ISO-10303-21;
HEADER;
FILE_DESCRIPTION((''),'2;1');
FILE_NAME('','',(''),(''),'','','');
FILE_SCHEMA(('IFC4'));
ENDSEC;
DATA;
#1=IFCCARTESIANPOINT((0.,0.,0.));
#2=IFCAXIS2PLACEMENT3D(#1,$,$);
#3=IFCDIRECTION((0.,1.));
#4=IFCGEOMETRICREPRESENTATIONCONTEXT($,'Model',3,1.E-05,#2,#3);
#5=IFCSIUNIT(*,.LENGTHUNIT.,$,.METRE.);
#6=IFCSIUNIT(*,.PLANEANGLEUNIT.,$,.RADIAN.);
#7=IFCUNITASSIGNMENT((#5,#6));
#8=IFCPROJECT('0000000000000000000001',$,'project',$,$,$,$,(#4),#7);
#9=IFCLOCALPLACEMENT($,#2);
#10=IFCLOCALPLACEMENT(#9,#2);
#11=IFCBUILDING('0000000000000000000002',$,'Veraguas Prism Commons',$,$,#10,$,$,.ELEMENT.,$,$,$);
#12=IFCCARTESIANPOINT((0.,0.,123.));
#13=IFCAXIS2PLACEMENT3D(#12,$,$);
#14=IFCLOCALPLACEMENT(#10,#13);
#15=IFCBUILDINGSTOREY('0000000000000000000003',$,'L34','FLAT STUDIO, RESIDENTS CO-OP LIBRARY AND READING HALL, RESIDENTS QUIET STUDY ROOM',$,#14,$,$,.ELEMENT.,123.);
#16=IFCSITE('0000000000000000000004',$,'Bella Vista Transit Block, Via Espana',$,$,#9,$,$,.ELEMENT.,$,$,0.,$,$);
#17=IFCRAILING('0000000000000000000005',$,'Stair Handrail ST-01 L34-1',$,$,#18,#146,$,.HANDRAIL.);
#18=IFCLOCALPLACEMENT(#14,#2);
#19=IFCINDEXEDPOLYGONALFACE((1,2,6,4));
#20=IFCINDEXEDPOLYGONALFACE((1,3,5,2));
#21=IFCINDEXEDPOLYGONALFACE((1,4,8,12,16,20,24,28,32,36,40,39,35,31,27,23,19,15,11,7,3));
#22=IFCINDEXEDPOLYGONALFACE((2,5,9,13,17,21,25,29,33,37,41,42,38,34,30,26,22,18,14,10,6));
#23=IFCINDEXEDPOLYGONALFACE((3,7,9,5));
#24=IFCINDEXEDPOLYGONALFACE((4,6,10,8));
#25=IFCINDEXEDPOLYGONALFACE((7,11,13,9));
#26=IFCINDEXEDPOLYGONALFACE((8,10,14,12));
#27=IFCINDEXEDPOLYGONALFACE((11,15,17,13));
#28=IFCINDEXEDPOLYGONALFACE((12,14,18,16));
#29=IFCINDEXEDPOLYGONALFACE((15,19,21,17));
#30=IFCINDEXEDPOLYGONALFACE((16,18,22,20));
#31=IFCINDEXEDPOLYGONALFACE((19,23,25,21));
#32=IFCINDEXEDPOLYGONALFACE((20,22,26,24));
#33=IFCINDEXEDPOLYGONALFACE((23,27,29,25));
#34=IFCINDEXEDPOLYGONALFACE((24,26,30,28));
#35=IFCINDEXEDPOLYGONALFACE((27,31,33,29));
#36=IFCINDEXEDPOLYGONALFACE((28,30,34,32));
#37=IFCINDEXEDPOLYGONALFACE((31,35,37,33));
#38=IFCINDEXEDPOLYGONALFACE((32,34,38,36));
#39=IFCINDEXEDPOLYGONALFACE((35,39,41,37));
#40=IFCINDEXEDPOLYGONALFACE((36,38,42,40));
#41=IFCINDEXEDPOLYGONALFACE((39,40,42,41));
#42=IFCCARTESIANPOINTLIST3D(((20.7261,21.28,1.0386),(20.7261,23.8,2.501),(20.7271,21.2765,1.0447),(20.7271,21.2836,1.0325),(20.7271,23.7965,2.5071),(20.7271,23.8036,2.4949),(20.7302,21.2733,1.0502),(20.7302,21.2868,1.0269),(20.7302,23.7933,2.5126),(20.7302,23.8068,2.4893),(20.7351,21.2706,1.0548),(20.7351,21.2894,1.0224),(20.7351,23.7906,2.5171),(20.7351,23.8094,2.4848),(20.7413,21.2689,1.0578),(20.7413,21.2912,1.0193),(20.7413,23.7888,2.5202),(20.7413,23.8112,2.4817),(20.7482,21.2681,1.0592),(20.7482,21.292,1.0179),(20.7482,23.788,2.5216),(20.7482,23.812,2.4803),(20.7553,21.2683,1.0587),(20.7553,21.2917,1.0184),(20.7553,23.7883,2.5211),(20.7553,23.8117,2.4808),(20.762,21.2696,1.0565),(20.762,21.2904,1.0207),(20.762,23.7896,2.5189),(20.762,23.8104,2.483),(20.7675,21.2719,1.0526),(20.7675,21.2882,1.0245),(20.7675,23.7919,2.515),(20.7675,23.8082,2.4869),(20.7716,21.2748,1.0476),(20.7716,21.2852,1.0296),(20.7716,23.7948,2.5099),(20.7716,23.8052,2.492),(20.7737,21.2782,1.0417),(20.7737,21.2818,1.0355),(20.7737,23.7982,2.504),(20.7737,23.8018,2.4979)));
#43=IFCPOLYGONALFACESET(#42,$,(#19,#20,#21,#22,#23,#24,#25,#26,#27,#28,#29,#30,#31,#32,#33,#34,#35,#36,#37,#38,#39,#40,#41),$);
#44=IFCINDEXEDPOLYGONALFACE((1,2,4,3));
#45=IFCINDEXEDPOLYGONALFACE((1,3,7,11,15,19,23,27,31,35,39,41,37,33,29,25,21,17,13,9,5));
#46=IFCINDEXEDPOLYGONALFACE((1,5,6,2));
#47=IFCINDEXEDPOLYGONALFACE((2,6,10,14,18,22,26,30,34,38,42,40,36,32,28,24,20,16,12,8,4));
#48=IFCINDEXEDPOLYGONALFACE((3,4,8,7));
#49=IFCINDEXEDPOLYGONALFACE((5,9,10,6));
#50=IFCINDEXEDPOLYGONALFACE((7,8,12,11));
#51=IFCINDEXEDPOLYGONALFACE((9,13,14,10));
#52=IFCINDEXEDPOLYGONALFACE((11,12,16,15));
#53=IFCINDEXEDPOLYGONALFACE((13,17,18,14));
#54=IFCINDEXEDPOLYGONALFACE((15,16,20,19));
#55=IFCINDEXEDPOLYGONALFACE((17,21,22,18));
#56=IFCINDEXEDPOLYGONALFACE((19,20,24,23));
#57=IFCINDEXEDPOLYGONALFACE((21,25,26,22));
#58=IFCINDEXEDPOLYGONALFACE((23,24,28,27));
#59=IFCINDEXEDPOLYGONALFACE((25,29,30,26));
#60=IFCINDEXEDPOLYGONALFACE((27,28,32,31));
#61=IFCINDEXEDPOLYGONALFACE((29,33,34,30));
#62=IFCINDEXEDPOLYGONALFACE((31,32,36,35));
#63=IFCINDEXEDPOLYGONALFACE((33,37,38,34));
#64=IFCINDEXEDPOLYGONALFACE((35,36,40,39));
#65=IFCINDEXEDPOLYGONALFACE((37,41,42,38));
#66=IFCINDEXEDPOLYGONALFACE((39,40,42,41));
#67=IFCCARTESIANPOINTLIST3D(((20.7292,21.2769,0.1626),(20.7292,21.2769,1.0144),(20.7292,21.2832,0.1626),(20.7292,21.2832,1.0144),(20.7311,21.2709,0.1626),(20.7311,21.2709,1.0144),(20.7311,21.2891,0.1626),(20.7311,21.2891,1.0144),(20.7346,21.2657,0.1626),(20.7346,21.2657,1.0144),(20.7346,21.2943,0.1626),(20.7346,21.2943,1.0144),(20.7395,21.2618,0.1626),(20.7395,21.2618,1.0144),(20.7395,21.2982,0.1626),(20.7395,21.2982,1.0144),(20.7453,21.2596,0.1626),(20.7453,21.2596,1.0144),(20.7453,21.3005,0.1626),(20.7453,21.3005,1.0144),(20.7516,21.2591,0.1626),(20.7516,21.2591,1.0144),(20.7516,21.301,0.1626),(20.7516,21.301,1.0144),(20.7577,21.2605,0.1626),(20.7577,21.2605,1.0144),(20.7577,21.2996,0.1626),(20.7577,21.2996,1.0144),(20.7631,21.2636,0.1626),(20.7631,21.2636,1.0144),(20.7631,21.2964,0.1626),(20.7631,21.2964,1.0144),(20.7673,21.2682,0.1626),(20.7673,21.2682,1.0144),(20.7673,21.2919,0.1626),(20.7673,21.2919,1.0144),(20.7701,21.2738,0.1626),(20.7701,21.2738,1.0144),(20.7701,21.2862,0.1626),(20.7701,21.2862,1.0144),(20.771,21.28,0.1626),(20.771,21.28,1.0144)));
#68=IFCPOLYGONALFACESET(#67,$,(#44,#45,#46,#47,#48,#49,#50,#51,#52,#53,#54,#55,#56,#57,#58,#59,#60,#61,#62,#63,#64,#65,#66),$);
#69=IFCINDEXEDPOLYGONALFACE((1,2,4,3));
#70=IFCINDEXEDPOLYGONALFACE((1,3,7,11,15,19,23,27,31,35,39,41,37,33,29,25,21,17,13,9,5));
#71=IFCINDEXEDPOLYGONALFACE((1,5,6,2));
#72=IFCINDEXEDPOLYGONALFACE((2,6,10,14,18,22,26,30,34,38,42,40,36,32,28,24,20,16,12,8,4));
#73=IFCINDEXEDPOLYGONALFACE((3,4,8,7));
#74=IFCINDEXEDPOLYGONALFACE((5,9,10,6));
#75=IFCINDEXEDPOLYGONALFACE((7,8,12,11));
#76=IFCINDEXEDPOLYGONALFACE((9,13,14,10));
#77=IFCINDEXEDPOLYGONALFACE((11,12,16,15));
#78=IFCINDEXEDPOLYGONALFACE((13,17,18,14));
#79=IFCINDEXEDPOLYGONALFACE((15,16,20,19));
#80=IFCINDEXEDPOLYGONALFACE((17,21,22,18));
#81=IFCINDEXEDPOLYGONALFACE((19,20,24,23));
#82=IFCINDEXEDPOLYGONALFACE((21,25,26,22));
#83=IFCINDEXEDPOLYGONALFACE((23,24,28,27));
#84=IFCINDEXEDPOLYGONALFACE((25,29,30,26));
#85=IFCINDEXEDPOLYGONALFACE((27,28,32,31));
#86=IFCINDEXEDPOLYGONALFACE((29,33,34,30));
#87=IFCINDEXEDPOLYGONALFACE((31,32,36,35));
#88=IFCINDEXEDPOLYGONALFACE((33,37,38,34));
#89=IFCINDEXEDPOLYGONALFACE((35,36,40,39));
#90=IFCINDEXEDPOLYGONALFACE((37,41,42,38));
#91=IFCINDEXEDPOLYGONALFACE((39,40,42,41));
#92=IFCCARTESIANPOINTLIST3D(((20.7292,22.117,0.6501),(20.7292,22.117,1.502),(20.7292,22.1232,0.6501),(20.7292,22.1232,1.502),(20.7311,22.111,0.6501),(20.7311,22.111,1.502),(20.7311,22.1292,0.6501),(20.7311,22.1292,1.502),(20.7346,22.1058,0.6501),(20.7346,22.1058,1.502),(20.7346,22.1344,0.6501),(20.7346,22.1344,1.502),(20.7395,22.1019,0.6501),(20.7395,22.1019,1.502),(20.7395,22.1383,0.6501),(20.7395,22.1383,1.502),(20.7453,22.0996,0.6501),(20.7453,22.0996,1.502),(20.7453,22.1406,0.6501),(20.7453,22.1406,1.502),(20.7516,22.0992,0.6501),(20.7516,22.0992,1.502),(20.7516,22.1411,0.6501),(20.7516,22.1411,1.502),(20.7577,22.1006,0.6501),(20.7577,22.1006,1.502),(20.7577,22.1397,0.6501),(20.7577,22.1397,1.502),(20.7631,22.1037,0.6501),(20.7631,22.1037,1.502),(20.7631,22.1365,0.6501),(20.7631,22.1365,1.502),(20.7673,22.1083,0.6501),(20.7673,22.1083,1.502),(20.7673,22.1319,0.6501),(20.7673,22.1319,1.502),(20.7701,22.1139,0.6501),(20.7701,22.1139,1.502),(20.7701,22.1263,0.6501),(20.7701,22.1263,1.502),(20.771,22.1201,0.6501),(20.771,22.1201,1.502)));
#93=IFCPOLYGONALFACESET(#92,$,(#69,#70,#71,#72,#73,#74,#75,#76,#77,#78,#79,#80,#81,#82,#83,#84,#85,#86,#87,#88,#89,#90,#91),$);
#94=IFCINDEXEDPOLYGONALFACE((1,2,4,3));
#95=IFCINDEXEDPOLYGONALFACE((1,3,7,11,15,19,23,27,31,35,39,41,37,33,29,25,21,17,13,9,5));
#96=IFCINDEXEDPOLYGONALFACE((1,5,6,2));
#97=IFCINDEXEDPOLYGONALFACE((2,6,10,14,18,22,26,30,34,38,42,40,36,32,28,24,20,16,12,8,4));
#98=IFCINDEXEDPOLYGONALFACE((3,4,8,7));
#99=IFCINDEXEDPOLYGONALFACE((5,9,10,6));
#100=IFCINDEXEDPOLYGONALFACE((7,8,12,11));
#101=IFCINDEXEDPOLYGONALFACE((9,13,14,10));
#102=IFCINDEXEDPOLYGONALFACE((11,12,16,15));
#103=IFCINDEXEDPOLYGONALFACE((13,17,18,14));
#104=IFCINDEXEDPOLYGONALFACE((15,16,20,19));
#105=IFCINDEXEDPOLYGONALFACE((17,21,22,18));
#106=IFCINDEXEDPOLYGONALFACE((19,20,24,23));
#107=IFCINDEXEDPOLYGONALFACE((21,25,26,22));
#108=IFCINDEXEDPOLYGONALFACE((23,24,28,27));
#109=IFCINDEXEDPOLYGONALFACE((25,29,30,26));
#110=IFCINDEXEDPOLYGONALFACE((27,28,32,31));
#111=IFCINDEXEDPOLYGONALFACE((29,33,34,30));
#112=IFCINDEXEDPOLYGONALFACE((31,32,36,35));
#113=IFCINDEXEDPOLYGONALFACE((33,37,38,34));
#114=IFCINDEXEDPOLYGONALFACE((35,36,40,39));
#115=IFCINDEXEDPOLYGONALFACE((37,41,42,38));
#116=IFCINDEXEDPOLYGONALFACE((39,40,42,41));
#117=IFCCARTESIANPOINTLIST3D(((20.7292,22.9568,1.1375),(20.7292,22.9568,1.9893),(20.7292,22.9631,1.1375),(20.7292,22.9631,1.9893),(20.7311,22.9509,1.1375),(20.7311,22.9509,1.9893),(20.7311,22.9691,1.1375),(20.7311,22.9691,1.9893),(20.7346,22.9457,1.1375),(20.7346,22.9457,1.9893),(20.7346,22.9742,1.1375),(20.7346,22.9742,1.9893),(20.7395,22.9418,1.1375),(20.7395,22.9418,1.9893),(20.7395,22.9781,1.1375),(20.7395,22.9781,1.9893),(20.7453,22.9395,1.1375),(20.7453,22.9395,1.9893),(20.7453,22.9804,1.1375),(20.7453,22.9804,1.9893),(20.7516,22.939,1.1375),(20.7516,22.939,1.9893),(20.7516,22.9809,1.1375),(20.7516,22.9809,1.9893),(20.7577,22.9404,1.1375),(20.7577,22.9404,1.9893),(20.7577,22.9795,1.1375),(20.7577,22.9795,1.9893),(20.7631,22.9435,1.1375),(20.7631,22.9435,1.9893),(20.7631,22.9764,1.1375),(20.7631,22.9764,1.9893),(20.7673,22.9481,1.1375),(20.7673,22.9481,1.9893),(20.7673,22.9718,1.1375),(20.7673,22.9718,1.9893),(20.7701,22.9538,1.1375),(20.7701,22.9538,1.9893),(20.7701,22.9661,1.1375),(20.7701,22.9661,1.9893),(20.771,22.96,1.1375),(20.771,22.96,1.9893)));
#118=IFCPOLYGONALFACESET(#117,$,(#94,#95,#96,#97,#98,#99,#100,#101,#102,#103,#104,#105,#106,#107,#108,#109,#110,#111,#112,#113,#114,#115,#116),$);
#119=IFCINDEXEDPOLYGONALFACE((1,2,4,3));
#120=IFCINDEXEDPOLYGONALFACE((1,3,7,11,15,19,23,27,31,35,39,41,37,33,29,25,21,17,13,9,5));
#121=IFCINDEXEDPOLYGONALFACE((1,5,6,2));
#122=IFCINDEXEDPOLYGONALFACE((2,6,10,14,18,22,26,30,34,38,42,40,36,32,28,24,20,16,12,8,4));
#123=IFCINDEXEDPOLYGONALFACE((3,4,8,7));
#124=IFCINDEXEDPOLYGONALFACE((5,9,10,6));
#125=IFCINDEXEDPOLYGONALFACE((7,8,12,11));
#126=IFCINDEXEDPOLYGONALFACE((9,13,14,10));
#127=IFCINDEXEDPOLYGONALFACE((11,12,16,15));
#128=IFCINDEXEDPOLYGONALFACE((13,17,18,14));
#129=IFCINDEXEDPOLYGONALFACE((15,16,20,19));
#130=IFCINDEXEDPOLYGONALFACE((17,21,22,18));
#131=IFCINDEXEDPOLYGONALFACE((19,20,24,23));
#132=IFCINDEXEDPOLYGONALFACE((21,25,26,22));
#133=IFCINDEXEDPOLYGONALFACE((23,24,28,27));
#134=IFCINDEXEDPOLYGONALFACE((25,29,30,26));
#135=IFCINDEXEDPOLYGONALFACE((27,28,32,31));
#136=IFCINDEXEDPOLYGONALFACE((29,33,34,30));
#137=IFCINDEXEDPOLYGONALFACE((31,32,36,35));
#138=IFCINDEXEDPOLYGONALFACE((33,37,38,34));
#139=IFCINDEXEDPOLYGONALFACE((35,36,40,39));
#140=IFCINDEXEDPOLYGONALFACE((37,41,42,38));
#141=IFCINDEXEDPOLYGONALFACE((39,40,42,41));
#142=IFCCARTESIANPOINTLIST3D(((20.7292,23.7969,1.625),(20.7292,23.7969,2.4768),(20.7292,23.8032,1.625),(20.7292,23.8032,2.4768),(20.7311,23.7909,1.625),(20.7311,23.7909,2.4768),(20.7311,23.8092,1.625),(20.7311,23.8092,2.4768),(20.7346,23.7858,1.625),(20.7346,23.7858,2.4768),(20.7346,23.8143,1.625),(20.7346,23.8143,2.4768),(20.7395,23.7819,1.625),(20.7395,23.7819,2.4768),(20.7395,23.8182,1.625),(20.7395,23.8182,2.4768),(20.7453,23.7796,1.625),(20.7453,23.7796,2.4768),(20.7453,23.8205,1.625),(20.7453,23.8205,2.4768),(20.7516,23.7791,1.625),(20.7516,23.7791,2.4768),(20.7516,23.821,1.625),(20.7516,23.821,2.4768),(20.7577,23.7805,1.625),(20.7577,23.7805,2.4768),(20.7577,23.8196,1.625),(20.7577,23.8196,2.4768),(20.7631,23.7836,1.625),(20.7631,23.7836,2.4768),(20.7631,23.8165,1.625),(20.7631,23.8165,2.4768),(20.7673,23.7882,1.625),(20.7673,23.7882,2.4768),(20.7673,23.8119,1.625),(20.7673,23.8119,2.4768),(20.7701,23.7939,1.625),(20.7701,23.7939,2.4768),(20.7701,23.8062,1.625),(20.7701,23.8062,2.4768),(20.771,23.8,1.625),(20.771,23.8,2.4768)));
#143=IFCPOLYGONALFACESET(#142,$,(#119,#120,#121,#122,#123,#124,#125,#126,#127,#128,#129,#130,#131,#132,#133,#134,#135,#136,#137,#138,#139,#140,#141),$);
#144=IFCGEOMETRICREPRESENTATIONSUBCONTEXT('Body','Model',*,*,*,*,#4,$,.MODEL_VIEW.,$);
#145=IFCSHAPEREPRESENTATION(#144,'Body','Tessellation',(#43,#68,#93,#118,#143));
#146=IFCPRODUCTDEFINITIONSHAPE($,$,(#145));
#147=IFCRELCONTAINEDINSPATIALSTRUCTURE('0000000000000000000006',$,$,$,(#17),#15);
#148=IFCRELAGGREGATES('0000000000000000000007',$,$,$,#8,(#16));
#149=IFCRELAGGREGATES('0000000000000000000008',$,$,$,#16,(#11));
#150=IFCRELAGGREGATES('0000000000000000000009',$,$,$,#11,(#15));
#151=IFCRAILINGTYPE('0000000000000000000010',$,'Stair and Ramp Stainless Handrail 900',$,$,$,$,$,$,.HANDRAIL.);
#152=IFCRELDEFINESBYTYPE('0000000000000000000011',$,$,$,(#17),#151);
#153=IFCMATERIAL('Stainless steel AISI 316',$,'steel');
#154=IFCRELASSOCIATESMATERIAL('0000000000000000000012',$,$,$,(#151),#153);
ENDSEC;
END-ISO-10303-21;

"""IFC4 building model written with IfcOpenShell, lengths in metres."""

from ifc_helpers import new_model, si_unit, direction, frame, origin, origin_2d, place, context, subcontext, project, spatial, circle, extrude, material, type_object, element, save


model = new_model("IFC4")

# Units and contexts
model_context = context("Model", 3, precision=1e-05, world=origin(), true_north=direction((0.0, 1.0)))
body_context = subcontext(model_context, "Body", "Model", "MODEL_VIEW")
ifc_project = project(units=[si_unit("LENGTHUNIT", "METRE"), si_unit("PLANEANGLEUNIT", "RADIAN")], contexts=[model_context])

# Site, building, storey
site_placement = place(None, origin())
site = spatial("IfcSite", under=ifc_project, at=site_placement, Name="Bella Vista Transit Block, Via Espana", CompositionType="ELEMENT", RefElevation=0.0)
building_placement = place(site_placement, origin())
building = spatial("IfcBuilding", under=site, at=building_placement, Name="Veraguas Prism Commons", CompositionType="ELEMENT")
storey_placement = place(building_placement, frame((0.0, 0.0, 123.0)))
storey = spatial("IfcBuildingStorey", under=building, at=storey_placement, Name="L34", Description="FLAT STUDIO, RESIDENTS CO-OP LIBRARY AND READING HALL, RESIDENTS QUIET STUDY ROOM", CompositionType="ELEMENT", Elevation=123.0)

# Railing
ifc_material_1 = material(Name="Stainless steel AISI 316", Category="steel")
railing_type_1 = type_object("IfcRailingType", Name="Stair and Ramp Stainless Handrail 900", PredefinedType="HANDRAIL", material=ifc_material_1)
railing_1_placement = place(storey_placement, frame((20.75, 21.28, 0.1626)))
element("IfcRailing", 1, at=railing_1_placement, inside=storey, type_object=railing_type_1, Name="Stair Handrail ST-01 L34-1", PredefinedType="HANDRAIL", context=body_context, shape_type="SweptSolid", body=[
    extrude(circle(Radius=0.0239, at=origin_2d()), frame((0.0, 0.0, 0.876), z_axis=(0.0, 0.864913, 0.501921), x_axis=(-1.0, 0.0, 0.0)), (0.0, 0.0, 1.0), 2.9136),
    extrude(circle(Radius=0.021, at=origin_2d()), origin(), (0.0, 0.0, 1.0), 0.8518),
    extrude(circle(Radius=0.021, at=origin_2d()), frame((0.0, 0.8401, 0.4875)), (0.0, 0.0, 1.0), 0.8518),
    extrude(circle(Radius=0.021, at=origin_2d()), frame((0.0, 1.6799, 0.9749)), (0.0, 0.0, 1.0), 0.8518),
    extrude(circle(Radius=0.021, at=origin_2d()), frame((0.0, 2.52, 1.4624)), (0.0, 0.0, 1.0), 0.8518),
])

save(model, "model.ifc")
